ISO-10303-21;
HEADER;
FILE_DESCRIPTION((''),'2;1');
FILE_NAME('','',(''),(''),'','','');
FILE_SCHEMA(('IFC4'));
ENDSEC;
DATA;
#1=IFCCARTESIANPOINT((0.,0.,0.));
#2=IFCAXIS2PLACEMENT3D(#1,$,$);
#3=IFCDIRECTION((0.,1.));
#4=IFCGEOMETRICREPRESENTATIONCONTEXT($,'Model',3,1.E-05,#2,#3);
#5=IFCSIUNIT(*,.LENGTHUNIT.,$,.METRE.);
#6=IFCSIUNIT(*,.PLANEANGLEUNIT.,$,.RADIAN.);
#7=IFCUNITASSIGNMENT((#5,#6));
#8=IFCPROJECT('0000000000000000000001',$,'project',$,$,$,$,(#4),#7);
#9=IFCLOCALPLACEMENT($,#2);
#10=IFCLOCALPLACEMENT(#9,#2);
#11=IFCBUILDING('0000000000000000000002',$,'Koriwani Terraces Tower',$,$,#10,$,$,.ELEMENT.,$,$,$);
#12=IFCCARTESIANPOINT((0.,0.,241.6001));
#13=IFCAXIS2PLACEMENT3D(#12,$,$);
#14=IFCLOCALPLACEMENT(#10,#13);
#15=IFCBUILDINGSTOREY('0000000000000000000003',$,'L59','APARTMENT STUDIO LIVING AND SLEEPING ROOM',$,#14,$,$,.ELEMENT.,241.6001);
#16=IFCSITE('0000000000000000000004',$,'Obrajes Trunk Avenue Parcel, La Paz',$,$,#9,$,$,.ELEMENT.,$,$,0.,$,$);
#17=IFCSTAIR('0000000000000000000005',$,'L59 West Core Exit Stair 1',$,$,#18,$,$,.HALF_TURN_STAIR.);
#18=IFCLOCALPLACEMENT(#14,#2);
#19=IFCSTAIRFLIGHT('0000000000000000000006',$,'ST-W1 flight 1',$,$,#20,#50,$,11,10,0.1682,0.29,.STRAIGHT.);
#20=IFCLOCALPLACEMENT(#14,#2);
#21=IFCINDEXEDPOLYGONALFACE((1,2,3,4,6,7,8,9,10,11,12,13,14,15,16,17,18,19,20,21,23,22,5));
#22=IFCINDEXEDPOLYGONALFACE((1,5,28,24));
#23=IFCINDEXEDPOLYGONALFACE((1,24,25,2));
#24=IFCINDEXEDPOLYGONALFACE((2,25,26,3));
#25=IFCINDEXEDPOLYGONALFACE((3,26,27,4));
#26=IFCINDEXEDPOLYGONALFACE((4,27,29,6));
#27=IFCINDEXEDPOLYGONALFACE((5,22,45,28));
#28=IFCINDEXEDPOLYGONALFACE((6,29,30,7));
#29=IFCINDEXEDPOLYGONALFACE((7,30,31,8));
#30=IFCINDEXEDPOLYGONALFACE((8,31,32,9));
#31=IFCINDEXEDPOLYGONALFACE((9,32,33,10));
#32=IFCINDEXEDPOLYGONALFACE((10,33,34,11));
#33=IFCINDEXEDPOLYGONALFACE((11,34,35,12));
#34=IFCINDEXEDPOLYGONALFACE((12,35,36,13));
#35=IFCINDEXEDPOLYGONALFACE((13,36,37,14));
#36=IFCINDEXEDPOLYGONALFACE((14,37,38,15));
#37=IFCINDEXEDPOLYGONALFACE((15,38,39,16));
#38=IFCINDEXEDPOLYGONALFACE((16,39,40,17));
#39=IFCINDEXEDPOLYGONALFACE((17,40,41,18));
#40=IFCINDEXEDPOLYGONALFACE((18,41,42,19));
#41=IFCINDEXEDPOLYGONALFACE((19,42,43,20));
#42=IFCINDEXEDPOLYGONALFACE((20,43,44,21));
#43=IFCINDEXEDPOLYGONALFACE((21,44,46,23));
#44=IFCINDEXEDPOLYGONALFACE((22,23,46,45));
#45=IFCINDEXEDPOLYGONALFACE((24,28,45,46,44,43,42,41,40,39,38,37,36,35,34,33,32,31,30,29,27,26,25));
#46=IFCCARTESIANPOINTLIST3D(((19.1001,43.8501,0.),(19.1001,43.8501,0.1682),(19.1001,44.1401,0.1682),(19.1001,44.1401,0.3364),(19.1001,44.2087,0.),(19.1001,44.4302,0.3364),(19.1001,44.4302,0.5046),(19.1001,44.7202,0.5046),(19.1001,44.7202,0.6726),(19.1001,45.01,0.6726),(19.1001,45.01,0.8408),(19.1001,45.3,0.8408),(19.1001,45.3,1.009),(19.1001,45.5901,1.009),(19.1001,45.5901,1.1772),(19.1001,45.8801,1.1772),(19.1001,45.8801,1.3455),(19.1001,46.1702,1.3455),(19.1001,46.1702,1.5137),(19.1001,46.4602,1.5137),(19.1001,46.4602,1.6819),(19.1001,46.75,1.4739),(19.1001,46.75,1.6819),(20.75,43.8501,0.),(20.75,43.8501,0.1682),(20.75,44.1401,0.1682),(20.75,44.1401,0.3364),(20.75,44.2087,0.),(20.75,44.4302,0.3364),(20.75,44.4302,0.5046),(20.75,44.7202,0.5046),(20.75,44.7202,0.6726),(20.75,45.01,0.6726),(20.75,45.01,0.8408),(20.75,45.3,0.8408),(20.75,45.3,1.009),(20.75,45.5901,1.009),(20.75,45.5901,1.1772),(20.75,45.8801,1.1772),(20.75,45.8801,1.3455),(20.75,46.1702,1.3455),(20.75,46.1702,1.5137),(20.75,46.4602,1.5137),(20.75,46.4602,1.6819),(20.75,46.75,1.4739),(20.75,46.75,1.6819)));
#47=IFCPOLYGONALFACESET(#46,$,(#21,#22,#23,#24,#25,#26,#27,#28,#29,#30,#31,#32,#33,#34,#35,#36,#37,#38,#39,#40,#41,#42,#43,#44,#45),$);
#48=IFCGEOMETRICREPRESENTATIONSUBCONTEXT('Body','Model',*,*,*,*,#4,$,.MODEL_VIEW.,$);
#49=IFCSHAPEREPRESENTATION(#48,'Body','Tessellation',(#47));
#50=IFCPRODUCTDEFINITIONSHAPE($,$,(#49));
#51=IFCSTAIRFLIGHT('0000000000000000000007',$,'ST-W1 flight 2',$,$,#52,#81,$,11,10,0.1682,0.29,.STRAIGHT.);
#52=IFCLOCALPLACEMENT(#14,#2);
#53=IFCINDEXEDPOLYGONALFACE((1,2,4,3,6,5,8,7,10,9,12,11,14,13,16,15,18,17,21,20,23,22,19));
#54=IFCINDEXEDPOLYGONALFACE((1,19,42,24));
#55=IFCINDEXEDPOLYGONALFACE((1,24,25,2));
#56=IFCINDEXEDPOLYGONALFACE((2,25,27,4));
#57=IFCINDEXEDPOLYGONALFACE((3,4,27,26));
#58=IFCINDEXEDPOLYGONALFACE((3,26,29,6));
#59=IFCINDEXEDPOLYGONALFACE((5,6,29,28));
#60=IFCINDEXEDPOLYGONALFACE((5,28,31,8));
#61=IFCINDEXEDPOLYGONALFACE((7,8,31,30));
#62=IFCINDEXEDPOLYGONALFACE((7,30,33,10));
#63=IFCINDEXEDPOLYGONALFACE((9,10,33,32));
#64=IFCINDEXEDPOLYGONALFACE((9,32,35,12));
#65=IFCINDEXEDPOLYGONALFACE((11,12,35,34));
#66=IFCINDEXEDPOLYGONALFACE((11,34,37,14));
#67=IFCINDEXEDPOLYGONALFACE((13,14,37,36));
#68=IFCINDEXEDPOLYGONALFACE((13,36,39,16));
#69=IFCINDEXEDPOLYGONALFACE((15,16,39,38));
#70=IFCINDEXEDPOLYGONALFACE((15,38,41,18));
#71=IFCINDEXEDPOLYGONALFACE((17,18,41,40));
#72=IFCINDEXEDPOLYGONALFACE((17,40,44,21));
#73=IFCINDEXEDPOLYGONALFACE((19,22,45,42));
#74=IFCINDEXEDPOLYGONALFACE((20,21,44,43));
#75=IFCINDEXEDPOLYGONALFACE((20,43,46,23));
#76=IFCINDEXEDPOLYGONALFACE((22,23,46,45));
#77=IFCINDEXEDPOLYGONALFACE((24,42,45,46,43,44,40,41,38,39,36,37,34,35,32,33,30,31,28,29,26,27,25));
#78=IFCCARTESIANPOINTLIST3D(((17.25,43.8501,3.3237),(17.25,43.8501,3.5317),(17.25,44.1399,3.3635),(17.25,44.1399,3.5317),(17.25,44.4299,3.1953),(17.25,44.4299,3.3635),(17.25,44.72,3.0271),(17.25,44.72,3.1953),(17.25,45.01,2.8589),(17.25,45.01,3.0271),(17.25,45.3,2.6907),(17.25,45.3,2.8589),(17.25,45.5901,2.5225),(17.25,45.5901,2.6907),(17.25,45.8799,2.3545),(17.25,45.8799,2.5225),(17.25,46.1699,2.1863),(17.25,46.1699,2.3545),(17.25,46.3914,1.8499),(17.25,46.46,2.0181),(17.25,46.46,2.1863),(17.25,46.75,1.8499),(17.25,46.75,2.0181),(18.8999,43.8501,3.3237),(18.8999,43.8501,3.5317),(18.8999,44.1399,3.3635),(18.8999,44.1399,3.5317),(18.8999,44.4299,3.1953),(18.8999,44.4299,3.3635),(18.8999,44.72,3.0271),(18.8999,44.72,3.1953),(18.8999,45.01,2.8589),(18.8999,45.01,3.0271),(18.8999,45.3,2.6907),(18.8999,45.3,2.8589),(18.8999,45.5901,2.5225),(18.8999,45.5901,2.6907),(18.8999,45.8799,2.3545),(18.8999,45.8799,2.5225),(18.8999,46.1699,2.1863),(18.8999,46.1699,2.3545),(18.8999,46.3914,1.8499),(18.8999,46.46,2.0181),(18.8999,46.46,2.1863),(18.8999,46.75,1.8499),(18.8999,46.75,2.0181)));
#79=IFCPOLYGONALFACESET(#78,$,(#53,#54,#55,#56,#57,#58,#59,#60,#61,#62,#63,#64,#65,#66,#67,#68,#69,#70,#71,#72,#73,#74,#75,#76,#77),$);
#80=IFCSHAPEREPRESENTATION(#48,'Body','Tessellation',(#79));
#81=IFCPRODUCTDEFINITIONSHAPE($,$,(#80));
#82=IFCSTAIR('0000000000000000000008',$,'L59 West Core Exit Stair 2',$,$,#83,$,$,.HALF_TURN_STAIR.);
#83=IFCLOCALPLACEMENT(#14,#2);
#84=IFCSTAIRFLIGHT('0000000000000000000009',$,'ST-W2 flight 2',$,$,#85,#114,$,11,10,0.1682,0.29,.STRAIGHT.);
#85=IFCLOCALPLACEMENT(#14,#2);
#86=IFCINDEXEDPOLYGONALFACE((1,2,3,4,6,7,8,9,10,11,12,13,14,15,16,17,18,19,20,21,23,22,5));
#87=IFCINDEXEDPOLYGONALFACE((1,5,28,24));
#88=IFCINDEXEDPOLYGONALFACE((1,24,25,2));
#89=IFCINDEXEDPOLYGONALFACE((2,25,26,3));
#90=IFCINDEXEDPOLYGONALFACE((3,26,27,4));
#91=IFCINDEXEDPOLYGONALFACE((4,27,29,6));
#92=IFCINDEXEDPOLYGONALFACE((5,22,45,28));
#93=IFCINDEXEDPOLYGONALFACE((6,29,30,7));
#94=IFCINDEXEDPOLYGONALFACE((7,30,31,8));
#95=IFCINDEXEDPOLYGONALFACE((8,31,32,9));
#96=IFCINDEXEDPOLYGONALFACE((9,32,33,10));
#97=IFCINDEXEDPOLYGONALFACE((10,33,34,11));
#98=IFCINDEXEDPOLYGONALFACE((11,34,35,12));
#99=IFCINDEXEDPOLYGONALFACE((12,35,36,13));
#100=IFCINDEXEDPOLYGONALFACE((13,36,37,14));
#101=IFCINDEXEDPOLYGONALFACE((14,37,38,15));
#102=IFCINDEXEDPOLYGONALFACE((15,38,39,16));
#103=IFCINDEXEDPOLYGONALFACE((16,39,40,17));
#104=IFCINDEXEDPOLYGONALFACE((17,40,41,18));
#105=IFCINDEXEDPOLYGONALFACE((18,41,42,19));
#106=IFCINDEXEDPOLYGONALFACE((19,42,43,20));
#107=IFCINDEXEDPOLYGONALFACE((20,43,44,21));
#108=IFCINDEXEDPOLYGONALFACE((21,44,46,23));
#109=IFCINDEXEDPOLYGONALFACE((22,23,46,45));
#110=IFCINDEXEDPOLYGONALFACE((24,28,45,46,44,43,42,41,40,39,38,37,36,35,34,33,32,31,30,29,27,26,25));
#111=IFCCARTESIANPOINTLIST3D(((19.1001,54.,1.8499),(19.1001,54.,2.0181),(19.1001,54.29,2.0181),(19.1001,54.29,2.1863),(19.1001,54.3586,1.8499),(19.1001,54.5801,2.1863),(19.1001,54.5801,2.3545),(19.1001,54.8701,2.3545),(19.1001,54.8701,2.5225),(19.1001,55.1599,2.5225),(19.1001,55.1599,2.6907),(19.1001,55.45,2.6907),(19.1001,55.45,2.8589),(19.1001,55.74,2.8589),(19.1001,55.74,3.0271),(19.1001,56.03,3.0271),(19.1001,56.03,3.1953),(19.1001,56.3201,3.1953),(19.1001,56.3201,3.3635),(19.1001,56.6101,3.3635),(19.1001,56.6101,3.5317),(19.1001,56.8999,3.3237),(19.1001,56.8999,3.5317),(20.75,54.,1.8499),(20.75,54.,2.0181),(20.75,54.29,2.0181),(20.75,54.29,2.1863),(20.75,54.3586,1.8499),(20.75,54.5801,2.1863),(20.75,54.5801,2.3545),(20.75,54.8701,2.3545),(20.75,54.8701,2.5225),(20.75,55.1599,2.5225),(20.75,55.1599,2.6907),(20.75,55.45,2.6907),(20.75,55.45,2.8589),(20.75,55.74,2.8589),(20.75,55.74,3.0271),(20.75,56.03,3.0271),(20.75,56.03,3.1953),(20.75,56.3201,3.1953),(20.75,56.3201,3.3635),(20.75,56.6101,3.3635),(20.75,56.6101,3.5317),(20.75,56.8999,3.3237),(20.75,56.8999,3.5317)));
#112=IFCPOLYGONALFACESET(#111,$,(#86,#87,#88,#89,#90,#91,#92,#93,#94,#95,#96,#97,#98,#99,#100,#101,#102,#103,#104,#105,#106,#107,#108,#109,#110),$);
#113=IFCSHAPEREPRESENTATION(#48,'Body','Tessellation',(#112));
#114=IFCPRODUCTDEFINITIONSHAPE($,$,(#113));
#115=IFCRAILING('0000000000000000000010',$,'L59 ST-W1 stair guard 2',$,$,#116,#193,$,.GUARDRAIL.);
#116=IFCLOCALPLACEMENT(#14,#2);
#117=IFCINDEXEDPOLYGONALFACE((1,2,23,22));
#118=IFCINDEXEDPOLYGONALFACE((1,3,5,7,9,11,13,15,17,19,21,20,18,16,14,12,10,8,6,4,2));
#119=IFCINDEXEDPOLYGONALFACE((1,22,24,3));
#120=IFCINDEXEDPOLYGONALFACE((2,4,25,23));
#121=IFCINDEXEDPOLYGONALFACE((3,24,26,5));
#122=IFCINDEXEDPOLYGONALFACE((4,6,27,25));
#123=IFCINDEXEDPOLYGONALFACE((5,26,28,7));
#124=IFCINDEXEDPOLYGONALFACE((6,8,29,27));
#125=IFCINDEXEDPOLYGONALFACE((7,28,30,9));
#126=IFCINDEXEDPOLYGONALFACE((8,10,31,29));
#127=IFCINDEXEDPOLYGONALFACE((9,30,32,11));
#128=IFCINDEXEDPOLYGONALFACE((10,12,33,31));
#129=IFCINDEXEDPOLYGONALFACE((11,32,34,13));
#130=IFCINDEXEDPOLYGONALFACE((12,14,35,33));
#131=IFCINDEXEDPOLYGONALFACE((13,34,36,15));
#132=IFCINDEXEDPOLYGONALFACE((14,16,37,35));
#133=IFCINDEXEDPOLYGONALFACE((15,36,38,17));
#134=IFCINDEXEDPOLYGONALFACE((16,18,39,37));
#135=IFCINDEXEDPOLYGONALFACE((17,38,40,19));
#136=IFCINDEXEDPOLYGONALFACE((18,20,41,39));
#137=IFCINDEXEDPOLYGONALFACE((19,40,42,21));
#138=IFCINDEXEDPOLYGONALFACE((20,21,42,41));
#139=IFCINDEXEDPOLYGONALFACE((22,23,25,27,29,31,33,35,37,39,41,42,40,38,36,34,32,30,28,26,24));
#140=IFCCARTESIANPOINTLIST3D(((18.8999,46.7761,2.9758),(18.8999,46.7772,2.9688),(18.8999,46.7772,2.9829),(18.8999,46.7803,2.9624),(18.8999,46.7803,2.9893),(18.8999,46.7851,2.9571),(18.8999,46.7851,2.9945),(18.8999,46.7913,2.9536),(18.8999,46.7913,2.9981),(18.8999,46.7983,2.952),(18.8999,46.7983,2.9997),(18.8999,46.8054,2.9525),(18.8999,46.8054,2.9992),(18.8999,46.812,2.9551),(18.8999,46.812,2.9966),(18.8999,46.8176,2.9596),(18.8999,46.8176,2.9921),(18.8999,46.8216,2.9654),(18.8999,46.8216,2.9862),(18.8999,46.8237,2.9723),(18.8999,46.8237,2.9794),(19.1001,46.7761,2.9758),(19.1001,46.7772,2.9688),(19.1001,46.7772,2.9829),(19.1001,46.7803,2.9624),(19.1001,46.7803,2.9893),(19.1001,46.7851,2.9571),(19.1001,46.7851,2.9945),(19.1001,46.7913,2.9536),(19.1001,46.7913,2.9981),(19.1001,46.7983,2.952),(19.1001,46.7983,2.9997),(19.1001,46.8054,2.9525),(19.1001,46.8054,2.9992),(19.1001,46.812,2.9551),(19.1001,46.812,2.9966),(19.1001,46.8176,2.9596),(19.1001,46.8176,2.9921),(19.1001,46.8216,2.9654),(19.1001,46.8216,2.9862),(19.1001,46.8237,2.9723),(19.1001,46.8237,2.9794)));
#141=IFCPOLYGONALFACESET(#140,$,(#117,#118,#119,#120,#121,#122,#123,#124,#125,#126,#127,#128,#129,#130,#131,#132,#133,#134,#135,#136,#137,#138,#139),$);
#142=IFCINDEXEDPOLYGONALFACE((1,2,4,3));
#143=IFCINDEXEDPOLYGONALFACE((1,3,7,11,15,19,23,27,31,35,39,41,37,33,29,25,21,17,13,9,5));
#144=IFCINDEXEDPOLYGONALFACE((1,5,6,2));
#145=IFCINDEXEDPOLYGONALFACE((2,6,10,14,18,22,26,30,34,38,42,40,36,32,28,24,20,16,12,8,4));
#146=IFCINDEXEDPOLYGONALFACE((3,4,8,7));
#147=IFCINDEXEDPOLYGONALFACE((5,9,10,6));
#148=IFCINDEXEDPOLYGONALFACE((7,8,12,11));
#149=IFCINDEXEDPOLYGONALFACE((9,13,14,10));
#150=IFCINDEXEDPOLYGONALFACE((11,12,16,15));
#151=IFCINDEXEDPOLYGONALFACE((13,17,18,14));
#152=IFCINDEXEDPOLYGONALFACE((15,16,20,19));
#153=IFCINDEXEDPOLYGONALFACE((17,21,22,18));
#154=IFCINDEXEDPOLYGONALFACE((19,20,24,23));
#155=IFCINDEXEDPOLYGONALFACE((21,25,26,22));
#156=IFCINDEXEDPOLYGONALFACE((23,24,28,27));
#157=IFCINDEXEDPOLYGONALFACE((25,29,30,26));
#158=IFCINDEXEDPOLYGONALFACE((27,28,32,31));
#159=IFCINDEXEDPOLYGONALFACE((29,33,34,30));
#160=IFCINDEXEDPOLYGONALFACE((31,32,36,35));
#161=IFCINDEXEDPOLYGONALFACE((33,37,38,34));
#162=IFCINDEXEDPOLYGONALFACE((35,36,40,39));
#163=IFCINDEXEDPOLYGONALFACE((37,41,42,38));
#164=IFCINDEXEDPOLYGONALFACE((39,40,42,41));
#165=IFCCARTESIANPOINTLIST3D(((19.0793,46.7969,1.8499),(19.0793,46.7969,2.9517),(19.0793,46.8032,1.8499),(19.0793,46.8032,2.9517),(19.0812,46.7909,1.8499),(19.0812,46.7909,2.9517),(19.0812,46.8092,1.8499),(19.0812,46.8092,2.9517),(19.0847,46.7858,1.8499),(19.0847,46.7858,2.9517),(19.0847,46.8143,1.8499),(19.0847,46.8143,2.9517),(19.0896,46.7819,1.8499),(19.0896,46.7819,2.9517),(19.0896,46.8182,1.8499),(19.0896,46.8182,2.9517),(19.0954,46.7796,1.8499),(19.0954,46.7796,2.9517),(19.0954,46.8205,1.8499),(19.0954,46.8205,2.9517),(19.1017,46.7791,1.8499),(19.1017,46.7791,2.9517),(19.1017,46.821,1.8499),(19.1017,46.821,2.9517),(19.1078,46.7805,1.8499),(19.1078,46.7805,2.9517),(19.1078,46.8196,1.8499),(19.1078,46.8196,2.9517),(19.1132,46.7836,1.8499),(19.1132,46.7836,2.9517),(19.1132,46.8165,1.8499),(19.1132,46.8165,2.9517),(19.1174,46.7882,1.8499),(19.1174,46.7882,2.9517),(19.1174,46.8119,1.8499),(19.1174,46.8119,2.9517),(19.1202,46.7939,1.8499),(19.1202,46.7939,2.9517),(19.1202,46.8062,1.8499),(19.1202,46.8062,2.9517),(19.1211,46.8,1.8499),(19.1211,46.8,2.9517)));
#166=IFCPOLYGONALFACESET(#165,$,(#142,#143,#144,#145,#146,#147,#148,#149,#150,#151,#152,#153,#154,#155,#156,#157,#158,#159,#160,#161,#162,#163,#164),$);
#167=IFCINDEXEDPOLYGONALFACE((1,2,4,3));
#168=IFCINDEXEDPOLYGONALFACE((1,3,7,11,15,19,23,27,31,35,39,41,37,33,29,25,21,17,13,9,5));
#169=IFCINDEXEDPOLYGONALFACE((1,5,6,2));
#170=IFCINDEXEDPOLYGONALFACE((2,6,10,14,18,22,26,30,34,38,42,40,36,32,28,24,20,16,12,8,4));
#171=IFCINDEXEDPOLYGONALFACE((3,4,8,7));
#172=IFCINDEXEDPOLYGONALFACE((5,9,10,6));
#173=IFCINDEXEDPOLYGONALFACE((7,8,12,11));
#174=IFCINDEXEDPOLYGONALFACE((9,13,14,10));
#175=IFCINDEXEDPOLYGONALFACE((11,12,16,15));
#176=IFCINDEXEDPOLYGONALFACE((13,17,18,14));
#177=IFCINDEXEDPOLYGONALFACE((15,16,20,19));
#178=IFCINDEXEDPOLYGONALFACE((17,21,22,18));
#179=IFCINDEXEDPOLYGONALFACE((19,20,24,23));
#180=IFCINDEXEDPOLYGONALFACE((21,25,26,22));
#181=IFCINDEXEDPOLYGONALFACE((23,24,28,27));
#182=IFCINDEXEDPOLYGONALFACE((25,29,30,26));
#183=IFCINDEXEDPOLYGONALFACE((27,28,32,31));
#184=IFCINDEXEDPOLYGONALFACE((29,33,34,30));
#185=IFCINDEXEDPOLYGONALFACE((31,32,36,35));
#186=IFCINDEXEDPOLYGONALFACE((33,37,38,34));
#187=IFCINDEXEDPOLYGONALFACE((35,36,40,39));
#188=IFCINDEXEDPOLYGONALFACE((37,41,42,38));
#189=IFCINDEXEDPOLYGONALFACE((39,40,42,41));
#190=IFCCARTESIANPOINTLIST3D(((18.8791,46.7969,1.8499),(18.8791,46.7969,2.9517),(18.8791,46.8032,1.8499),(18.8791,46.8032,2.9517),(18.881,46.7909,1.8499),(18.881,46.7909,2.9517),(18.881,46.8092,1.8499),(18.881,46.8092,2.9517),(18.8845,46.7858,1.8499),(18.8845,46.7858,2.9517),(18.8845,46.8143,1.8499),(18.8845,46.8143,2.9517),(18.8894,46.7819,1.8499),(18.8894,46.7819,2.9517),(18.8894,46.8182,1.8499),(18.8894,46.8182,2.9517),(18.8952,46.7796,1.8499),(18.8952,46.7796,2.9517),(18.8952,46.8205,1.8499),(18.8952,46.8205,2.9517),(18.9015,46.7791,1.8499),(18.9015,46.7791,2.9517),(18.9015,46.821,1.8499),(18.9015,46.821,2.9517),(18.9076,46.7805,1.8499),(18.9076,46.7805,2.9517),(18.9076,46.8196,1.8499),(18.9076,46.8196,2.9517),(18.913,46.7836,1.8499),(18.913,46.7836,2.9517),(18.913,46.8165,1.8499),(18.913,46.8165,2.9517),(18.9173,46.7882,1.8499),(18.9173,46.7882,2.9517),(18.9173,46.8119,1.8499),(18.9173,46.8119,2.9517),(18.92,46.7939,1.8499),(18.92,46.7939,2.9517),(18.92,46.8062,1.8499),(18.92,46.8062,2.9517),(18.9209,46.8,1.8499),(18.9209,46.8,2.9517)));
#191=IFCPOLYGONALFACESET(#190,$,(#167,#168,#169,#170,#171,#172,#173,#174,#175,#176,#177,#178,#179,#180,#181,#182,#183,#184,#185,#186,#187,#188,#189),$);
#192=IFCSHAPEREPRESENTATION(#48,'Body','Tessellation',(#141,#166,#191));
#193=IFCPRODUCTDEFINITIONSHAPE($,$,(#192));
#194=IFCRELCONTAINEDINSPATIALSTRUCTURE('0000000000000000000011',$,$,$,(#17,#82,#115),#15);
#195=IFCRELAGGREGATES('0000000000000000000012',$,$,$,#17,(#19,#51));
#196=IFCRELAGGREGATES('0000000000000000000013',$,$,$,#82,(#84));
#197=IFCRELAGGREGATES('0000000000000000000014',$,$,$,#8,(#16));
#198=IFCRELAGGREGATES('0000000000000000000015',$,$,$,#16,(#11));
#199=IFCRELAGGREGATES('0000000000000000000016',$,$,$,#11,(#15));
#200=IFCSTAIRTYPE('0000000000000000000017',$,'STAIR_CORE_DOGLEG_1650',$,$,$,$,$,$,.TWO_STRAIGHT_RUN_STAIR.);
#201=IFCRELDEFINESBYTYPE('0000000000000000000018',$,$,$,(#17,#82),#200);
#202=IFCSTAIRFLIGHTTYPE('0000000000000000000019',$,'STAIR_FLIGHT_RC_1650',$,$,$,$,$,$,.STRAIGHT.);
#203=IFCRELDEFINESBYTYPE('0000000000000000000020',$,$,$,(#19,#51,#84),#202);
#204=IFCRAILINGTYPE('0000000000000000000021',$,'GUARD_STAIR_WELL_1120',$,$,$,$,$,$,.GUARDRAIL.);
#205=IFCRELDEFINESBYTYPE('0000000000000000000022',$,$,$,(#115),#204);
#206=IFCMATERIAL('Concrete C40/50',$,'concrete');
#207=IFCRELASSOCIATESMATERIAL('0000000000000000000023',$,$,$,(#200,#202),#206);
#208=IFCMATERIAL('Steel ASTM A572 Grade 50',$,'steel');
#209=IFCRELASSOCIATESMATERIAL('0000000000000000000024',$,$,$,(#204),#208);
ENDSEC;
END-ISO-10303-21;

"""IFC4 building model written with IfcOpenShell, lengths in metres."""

from ifc_helpers import new_model, si_unit, direction, frame, origin, origin_2d, place, context, subcontext, project, spatial, polyline, circle, outline, extrude, material, type_object, element, aggregate, save


model = new_model("IFC4")

# Units and contexts
model_context = context("Model", 3, precision=1e-05, world=origin(), true_north=direction((0.0, 1.0)))
body_context = subcontext(model_context, "Body", "Model", "MODEL_VIEW")
ifc_project = project(units=[si_unit("LENGTHUNIT", "METRE"), si_unit("PLANEANGLEUNIT", "RADIAN")], contexts=[model_context])

# Site, building, storey
site_placement = place(None, origin())
site = spatial("IfcSite", under=ifc_project, at=site_placement, Name="Obrajes Trunk Avenue Parcel, La Paz", CompositionType="ELEMENT", RefElevation=0.0)
building_placement = place(site_placement, origin())
building = spatial("IfcBuilding", under=site, at=building_placement, Name="Koriwani Terraces Tower", CompositionType="ELEMENT")
storey_placement = place(building_placement, frame((0.0, 0.0, 241.6001)))
storey = spatial("IfcBuildingStorey", under=building, at=storey_placement, Name="L59", Description="APARTMENT STUDIO LIVING AND SLEEPING ROOM", CompositionType="ELEMENT", Elevation=241.6001)

# Shared definitions
ifc_material_1 = material(Name="Concrete C40/50", Category="concrete")
ifc_material_2 = material(Name="Steel ASTM A572 Grade 50", Category="steel")

# Stair, stair flights
stair_type = type_object("IfcStairType", Name="STAIR_CORE_DOGLEG_1650", PredefinedType="TWO_STRAIGHT_RUN_STAIR", material=ifc_material_1)
stair_1_placement = place(storey_placement, origin())
stair_1 = element("IfcStair", 1, at=stair_1_placement, inside=storey, type_object=stair_type, Name="L59 West Core Exit Stair 1", PredefinedType="HALF_TURN_STAIR")
stair_flight_type = type_object("IfcStairFlightType", Name="STAIR_FLIGHT_RC_1650", PredefinedType="STRAIGHT", material=ifc_material_1)
stair_flight_1_placement = place(storey_placement, frame((19.925, 43.8501, 0.0), z_axis=(0.0, 0.0, 1.0), x_axis=(0.0, 1.0, 0.0)))
stair_flight_1 = element("IfcStairFlight", 2, at=stair_flight_1_placement, type_object=stair_flight_type, Name="ST-W1 flight 1", NumberOfRisers=11, NumberOfTreads=10, PredefinedType="STRAIGHT", RiserHeight=0.1682, TreadLength=0.29, context=body_context, shape_type="SweptSolid", body=[
    extrude(outline(polyline([(0.0, 0.0), (0.0, 0.1682), (0.29, 0.1682), (0.29, 0.3364), (0.5801, 0.3364), (0.5801, 0.5046), (0.8701, 0.5046), (0.8701, 0.6726), (1.1599, 0.6726), (1.1599, 0.8408), (1.45, 0.8408), (1.45, 1.009), (1.74, 1.009), (1.74, 1.1772), (2.03, 1.1772), (2.03, 1.3455), (2.3201, 1.3455), (2.3201, 1.5137), (2.6101, 1.5137), (2.6101, 1.6819), (2.8999, 1.6819), (2.8999, 1.8501), (2.8999, 1.4739), (0.3586, 0.0), (0.0, 0.0)])), frame((0.0, 0.825, 0.0), z_axis=(0.0, -1.0, 0.0), x_axis=(1.0, 0.0, 0.0)), (0.0, 0.0, 1.0), 1.6499),
])
stair_flight_2_placement = place(storey_placement, frame((18.075, 46.75, 1.8499), z_axis=(0.0, 0.0, 1.0), x_axis=(0.0, -1.0, 0.0)))
stair_flight_2 = element("IfcStairFlight", 3, at=stair_flight_2_placement, type_object=stair_flight_type, Name="ST-W1 flight 2", NumberOfRisers=11, NumberOfTreads=10, PredefinedType="STRAIGHT", RiserHeight=0.1682, TreadLength=0.29, context=body_context, shape_type="SweptSolid", body=[
    extrude(outline(polyline([(0.0, 0.0), (0.0, 0.1682), (0.29, 0.1682), (0.29, 0.3364), (0.5801, 0.3364), (0.5801, 0.5046), (0.8701, 0.5046), (0.8701, 0.6726), (1.1599, 0.6726), (1.1599, 0.8408), (1.45, 0.8408), (1.45, 1.009), (1.74, 1.009), (1.74, 1.1772), (2.03, 1.1772), (2.03, 1.3455), (2.3201, 1.3455), (2.3201, 1.5137), (2.6101, 1.5137), (2.6101, 1.6819), (2.8999, 1.6819), (2.8999, 1.8501), (2.8999, 1.4739), (0.3586, 0.0), (0.0, 0.0)])), frame((0.0, 0.825, 0.0), z_axis=(0.0, -1.0, 0.0), x_axis=(1.0, 0.0, 0.0)), (0.0, 0.0, 1.0), 1.6499),
])
aggregate(stair_1, [stair_flight_1, stair_flight_2])

# Stair, stair flight
stair_2_placement = place(storey_placement, origin())
stair_2 = element("IfcStair", 4, at=stair_2_placement, inside=storey, type_object=stair_type, Name="L59 West Core Exit Stair 2", PredefinedType="HALF_TURN_STAIR")
stair_flight_3_placement = place(storey_placement, frame((19.925, 54.0, 1.8499), z_axis=(0.0, 0.0, 1.0), x_axis=(0.0, 1.0, 0.0)))
stair_flight_3 = element("IfcStairFlight", 5, at=stair_flight_3_placement, type_object=stair_flight_type, Name="ST-W2 flight 2", NumberOfRisers=11, NumberOfTreads=10, PredefinedType="STRAIGHT", RiserHeight=0.1682, TreadLength=0.29, context=body_context, shape_type="SweptSolid", body=[
    extrude(outline(polyline([(0.0, 0.0), (0.0, 0.1682), (0.29, 0.1682), (0.29, 0.3364), (0.5801, 0.3364), (0.5801, 0.5046), (0.8701, 0.5046), (0.8701, 0.6726), (1.1599, 0.6726), (1.1599, 0.8408), (1.45, 0.8408), (1.45, 1.009), (1.74, 1.009), (1.74, 1.1772), (2.03, 1.1772), (2.03, 1.3455), (2.3201, 1.3455), (2.3201, 1.5137), (2.6101, 1.5137), (2.6101, 1.6819), (2.8999, 1.6819), (2.8999, 1.8501), (2.8999, 1.4739), (0.3586, 0.0), (0.0, 0.0)])), frame((0.0, 0.825, 0.0), z_axis=(0.0, -1.0, 0.0), x_axis=(1.0, 0.0, 0.0)), (0.0, 0.0, 1.0), 1.6499),
])
aggregate(stair_2, [stair_flight_3])

# Railing
railing_type_1 = type_object("IfcRailingType", Name="GUARD_STAIR_WELL_1120", PredefinedType="GUARDRAIL", material=ifc_material_2)
railing_1_placement = place(storey_placement, frame((19.1001, 46.8, 1.8499)))
element("IfcRailing", 6, at=railing_1_placement, inside=storey, type_object=railing_type_1, Name="L59 ST-W1 stair guard 2", PredefinedType="GUARDRAIL", context=body_context, shape_type="SweptSolid", body=[
    extrude(circle(Radius=0.0239, at=origin_2d()), frame((0.0, 0.0, 1.126), z_axis=(-1.0, 0.0, 0.0), x_axis=(0.0, -1.0, 0.0)), (0.0, 0.0, 1.0), 0.2002),
    extrude(circle(Radius=0.021, at=origin_2d()), origin(), (0.0, 0.0, 1.0), 1.1018),
    extrude(circle(Radius=0.021, at=origin_2d()), frame((-0.2002, 0.0, 0.0)), (0.0, 0.0, 1.0), 1.1018),
])

save(model, "model.ifc")
